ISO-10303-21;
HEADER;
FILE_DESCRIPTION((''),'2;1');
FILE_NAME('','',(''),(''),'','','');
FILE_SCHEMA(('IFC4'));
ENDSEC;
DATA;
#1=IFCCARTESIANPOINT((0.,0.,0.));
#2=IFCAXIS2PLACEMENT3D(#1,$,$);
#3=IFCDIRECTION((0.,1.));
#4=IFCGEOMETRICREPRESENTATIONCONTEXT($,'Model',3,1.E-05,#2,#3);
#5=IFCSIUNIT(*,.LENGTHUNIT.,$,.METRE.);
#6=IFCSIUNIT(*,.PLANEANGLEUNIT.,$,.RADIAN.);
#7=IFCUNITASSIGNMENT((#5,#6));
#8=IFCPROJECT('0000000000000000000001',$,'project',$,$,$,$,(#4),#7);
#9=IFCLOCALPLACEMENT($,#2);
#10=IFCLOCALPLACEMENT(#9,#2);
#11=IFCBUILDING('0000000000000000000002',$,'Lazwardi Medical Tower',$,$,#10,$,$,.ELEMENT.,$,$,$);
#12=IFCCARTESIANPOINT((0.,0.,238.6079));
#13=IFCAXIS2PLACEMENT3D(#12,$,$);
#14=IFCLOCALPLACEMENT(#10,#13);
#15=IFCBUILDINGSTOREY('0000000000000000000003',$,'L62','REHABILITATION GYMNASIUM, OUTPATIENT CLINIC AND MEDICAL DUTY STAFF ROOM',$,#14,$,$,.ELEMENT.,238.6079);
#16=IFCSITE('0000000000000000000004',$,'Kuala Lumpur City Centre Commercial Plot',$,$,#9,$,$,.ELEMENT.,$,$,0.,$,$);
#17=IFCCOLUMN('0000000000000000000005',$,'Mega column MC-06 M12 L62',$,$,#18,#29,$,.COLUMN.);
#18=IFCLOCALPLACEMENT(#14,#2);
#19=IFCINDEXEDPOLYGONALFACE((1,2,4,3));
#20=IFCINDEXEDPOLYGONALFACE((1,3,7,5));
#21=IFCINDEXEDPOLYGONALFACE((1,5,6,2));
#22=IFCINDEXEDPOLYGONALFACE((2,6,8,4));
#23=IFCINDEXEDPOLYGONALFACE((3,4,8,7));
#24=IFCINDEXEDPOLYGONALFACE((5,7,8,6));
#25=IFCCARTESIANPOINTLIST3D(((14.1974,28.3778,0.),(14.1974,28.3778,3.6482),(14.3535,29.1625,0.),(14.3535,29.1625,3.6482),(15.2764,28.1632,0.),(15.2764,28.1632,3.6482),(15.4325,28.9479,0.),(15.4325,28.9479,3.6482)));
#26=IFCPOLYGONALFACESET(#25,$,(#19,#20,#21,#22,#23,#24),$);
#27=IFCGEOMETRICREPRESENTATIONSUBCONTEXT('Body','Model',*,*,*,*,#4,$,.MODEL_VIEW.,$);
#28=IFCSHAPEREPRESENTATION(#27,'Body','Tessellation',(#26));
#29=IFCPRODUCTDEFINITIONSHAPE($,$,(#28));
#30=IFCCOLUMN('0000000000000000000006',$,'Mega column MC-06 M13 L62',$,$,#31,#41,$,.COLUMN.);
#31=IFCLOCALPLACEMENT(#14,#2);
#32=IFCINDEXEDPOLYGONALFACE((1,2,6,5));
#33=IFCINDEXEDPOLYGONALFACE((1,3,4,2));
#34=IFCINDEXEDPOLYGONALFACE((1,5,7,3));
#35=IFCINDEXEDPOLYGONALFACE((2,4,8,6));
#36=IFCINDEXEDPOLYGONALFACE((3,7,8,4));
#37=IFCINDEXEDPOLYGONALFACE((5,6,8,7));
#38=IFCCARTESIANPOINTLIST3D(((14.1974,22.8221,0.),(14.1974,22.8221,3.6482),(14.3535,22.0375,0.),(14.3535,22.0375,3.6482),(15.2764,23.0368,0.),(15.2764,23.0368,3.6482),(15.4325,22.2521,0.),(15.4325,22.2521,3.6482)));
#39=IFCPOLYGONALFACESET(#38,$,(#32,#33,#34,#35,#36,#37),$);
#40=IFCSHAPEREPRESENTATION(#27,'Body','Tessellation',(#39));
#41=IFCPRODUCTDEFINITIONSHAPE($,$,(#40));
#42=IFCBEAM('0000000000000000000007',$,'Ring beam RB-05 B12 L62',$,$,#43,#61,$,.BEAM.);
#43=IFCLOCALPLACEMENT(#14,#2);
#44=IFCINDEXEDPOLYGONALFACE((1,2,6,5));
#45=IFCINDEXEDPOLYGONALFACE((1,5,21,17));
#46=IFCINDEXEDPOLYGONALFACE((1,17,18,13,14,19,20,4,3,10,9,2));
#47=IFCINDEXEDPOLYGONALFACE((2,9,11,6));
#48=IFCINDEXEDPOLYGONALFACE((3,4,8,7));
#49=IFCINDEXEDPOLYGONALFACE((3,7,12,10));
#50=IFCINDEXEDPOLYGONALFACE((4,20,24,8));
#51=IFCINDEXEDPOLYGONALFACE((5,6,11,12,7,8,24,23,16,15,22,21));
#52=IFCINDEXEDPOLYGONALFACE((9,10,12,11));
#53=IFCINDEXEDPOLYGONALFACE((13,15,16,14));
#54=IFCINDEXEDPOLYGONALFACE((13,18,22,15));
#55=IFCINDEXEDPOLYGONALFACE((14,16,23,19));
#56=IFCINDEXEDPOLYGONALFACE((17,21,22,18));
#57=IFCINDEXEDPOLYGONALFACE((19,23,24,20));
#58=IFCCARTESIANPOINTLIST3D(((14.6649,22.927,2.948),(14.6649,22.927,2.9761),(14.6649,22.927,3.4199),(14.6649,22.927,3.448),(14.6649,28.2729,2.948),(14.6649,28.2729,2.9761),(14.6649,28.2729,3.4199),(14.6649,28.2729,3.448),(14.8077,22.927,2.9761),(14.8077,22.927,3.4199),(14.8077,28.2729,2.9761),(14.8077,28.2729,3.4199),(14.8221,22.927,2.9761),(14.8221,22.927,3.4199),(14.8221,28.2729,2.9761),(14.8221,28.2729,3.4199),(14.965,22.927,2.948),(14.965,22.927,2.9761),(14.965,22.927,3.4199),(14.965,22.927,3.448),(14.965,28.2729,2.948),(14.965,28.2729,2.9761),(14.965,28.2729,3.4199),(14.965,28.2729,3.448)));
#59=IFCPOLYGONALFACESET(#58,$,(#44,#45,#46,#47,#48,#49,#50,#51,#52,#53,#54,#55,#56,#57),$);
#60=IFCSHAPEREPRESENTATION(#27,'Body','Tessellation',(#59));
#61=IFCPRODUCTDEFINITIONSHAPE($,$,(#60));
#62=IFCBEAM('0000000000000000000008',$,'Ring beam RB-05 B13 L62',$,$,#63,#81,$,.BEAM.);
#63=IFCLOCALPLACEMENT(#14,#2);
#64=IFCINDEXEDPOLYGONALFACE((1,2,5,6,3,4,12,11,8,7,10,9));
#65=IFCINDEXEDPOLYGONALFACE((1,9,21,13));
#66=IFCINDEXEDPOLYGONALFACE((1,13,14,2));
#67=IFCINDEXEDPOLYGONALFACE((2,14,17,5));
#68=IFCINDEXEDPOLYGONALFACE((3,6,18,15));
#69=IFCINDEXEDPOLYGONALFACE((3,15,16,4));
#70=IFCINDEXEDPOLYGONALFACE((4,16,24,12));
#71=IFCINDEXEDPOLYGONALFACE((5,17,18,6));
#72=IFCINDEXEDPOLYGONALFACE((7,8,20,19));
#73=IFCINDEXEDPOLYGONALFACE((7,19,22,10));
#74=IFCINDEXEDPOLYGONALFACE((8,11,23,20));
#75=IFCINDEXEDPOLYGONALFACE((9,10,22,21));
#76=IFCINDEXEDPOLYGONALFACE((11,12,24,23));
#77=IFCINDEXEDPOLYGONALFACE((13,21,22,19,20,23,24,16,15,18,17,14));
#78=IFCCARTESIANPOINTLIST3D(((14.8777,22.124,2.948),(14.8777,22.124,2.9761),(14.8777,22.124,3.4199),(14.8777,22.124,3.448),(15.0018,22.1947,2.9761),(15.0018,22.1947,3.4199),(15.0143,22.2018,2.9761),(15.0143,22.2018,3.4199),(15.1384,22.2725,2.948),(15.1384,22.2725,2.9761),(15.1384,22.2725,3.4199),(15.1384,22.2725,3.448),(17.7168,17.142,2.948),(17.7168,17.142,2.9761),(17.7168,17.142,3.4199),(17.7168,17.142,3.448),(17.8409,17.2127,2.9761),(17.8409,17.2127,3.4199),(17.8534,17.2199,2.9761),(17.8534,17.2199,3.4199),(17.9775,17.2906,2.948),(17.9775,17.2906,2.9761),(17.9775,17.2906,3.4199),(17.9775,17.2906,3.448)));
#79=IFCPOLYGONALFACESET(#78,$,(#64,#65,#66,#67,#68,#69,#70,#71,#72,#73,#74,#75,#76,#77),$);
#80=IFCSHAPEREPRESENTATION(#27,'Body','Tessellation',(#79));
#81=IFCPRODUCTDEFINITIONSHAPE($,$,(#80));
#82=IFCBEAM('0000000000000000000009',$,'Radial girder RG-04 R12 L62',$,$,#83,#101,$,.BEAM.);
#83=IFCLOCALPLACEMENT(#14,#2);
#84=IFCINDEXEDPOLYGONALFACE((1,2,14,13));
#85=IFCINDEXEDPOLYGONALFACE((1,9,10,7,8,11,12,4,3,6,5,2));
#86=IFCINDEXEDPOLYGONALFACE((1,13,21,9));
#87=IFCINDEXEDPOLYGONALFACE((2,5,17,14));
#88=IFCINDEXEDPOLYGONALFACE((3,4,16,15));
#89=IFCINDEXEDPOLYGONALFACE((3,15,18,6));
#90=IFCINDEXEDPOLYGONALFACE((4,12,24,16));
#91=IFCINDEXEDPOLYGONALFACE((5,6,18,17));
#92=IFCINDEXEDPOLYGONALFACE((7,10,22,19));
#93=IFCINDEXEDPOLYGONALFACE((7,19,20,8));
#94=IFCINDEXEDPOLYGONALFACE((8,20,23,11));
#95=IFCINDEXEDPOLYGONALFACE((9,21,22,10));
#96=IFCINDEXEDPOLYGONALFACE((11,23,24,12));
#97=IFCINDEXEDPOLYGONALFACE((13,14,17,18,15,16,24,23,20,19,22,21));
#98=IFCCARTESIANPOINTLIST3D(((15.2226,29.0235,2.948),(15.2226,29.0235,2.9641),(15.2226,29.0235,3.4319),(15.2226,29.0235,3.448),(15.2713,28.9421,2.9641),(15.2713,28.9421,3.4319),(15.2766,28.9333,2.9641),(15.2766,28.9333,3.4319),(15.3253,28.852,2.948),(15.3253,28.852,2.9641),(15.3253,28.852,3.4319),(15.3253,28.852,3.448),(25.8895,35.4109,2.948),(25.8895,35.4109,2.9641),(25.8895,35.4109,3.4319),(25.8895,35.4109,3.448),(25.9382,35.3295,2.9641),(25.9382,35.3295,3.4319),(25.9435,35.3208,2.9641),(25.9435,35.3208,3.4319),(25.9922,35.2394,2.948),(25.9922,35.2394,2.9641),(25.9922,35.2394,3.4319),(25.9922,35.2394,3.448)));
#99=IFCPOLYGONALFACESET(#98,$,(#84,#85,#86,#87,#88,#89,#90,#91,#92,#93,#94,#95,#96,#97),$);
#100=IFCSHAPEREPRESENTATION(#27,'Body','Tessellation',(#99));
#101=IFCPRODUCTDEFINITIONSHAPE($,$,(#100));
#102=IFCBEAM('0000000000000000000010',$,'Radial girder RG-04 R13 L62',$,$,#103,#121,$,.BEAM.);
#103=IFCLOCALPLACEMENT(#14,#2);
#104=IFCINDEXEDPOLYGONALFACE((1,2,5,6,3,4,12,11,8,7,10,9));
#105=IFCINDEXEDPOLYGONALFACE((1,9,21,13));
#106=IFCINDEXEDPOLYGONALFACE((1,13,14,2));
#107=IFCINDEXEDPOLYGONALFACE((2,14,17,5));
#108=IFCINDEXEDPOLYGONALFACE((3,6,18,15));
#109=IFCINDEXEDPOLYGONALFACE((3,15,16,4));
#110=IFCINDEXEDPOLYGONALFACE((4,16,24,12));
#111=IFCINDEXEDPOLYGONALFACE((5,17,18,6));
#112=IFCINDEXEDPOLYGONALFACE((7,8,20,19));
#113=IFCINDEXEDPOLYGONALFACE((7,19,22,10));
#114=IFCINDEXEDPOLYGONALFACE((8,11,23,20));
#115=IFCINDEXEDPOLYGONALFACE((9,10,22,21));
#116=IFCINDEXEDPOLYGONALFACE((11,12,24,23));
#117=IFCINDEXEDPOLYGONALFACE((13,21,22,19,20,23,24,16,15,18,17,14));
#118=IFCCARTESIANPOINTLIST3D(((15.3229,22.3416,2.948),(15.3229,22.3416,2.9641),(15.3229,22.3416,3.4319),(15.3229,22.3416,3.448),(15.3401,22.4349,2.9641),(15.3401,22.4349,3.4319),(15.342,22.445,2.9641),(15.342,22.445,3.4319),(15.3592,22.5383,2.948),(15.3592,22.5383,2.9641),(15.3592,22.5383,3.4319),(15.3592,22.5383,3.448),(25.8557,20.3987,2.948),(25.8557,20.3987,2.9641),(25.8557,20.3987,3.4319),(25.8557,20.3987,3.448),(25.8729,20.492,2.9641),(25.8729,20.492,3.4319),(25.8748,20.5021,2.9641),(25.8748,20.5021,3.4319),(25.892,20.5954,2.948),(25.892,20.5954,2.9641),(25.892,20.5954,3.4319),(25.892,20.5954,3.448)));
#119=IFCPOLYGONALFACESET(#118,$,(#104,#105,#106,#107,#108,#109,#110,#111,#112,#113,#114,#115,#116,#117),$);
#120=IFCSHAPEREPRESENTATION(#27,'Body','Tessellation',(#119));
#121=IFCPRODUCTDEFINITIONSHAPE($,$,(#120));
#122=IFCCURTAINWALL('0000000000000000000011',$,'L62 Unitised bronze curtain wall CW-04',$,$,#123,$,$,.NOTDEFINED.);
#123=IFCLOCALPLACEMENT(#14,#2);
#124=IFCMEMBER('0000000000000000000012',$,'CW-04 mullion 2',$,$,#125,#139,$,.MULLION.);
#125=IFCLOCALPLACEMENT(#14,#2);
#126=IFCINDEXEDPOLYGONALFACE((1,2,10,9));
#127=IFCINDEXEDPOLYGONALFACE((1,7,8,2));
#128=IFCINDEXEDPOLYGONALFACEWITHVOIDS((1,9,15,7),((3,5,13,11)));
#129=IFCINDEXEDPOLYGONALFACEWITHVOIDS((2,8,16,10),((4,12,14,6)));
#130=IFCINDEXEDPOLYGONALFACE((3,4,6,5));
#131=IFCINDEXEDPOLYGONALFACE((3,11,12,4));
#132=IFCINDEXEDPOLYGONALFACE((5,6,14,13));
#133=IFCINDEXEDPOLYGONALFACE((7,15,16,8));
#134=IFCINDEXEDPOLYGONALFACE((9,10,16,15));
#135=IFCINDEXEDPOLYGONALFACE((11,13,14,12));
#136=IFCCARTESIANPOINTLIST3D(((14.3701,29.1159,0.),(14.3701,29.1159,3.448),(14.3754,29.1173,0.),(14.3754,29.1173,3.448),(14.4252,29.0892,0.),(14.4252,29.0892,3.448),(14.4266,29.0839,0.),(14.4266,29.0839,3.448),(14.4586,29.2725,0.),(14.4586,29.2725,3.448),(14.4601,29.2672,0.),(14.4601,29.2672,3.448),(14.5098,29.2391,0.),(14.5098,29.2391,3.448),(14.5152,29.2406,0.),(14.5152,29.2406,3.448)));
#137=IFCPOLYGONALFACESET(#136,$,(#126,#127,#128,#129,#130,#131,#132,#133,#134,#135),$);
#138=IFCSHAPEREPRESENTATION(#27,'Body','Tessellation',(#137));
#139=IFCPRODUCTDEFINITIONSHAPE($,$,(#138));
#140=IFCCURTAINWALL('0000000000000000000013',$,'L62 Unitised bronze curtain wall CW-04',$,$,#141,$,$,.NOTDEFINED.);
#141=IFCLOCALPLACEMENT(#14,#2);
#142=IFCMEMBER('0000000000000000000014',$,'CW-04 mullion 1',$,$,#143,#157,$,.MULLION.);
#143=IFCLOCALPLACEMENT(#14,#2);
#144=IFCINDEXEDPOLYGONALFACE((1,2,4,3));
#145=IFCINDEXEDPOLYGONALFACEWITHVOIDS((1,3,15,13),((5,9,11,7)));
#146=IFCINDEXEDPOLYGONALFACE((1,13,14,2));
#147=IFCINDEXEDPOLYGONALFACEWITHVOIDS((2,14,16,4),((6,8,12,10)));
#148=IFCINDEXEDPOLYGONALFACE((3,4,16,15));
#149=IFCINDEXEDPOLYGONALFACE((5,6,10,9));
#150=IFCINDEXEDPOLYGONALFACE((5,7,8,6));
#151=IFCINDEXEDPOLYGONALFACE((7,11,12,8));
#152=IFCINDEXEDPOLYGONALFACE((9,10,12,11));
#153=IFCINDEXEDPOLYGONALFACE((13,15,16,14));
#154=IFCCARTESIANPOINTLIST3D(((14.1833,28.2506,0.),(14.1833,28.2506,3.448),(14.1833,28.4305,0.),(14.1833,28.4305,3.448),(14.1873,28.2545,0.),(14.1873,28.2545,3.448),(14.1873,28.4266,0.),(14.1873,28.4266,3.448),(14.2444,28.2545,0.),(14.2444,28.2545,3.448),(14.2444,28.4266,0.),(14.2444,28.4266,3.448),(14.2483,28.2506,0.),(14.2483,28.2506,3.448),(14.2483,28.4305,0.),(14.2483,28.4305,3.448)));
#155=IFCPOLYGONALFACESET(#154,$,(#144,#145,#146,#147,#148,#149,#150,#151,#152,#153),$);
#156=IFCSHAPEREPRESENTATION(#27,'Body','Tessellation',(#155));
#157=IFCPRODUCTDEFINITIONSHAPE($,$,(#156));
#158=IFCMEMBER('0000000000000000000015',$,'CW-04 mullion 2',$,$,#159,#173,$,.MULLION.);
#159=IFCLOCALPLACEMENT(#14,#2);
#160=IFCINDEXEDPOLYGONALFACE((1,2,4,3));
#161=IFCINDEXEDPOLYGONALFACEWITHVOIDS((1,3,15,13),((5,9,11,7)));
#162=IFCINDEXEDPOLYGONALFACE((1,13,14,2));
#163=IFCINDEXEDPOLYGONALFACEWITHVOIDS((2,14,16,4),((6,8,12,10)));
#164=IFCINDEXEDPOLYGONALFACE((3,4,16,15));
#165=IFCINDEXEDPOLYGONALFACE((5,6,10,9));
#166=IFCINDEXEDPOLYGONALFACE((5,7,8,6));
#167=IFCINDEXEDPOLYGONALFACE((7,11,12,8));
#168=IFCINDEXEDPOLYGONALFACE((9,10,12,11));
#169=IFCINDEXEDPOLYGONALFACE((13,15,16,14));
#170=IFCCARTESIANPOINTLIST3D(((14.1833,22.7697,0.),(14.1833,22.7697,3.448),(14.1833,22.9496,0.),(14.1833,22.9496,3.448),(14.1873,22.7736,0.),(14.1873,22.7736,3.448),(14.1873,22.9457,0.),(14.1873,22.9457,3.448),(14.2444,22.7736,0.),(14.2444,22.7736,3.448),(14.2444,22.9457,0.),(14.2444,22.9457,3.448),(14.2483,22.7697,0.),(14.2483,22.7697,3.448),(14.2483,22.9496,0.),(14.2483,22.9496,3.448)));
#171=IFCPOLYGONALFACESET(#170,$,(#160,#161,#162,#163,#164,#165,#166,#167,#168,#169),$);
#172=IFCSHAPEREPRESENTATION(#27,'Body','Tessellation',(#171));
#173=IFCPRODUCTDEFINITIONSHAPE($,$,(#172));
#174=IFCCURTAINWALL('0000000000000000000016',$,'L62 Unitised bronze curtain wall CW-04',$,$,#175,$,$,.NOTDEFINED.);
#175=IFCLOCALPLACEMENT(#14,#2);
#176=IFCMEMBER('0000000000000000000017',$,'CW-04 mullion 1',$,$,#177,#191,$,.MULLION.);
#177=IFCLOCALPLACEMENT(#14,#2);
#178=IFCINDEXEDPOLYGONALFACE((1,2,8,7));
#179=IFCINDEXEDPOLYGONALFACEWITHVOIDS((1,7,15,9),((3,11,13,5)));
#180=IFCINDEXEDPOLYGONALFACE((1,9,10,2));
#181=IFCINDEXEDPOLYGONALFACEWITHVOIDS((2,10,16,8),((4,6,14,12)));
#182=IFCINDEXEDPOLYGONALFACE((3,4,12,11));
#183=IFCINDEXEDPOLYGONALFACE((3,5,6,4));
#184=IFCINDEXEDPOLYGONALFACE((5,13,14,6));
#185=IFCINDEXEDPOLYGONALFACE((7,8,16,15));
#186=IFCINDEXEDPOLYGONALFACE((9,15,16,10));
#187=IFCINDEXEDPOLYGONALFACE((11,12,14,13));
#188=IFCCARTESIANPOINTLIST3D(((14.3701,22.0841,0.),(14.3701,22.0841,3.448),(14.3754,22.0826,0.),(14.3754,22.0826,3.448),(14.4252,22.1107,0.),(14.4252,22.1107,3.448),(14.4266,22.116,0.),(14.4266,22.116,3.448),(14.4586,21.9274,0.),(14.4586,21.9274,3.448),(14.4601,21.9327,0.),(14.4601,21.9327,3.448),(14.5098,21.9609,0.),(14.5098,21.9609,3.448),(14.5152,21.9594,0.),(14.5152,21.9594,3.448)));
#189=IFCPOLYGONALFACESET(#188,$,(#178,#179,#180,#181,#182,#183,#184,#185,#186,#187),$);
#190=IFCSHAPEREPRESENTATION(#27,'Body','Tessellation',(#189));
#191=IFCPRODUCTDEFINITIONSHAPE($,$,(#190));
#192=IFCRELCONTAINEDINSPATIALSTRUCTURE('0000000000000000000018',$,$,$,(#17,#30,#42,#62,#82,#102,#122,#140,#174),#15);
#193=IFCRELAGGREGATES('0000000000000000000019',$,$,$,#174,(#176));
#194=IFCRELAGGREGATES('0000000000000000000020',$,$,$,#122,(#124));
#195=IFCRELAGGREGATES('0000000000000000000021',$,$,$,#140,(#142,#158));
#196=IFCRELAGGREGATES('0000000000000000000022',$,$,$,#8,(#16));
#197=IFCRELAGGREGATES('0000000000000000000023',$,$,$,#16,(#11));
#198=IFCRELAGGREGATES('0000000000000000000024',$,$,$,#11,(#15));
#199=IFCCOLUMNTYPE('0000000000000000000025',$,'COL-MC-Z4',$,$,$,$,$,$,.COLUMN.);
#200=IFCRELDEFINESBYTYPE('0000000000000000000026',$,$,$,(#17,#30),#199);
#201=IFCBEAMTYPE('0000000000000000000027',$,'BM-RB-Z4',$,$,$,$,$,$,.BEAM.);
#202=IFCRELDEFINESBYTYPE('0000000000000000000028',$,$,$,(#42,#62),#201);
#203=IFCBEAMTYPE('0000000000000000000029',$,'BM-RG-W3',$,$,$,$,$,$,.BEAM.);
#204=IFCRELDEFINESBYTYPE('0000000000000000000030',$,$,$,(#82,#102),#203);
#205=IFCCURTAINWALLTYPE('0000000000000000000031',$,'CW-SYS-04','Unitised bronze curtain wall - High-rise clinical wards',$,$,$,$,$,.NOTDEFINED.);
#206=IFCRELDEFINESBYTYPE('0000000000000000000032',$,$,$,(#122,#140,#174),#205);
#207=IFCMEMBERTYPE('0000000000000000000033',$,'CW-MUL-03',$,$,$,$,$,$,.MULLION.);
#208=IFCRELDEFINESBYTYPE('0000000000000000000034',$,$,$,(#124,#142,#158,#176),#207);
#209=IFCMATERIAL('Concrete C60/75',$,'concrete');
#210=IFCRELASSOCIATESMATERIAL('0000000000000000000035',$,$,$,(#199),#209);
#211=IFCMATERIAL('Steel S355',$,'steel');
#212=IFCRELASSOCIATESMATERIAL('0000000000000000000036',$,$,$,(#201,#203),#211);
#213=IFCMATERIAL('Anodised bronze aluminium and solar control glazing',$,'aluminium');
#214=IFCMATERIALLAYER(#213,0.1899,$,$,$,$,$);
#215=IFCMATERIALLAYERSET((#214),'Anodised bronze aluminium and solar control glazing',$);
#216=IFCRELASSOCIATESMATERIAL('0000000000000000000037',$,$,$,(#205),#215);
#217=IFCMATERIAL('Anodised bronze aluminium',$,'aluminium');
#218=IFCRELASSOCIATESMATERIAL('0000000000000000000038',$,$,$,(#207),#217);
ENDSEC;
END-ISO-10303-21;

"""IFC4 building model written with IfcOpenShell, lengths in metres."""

from ifc_helpers import new_model, si_unit, direction, frame, origin, origin_2d, place, context, subcontext, project, spatial, rectangle, hollow_rectangle, i_section, extrude, material, layer, layer_set, material_profile, profile_set, type_object, element, aggregate, save


model = new_model("IFC4")

# Units and contexts
model_context = context("Model", 3, precision=1e-05, world=origin(), true_north=direction((0.0, 1.0)))
body_context = subcontext(model_context, "Body", "Model", "MODEL_VIEW")
ifc_project = project(units=[si_unit("LENGTHUNIT", "METRE"), si_unit("PLANEANGLEUNIT", "RADIAN")], contexts=[model_context])

# Site, building, storey
site_placement = place(None, origin())
site = spatial("IfcSite", under=ifc_project, at=site_placement, Name="Kuala Lumpur City Centre Commercial Plot", CompositionType="ELEMENT", RefElevation=0.0)
building_placement = place(site_placement, origin())
building = spatial("IfcBuilding", under=site, at=building_placement, Name="Lazwardi Medical Tower", CompositionType="ELEMENT")
storey_placement = place(building_placement, frame((0.0, 0.0, 238.6079)))
storey = spatial("IfcBuildingStorey", under=building, at=storey_placement, Name="L62", Description="REHABILITATION GYMNASIUM, OUTPATIENT CLINIC AND MEDICAL DUTY STAFF ROOM", CompositionType="ELEMENT", Elevation=238.6079)

# Columns
ifc_material_1 = material(Name="Concrete C60/75", Category="concrete")
ifc_material_profile_1 = material_profile(ifc_material_1, rectangle(XDim=1.1001, YDim=0.8, at=origin_2d()), Name="CFT-RECT 1100x800")
ifc_profile_set_1 = profile_set([ifc_material_profile_1], Name="Concrete C60/75")
column_type = type_object("IfcColumnType", Name="COL-MC-Z4", PredefinedType="COLUMN", material=ifc_profile_set_1)
for number, where, z_axis, x_axis, name in (
    (1, (14.8149, 28.6628, 0.0), (0.0, 0.0, 1.0), (-0.980785, 0.19509, 0.0), "Mega column MC-06 M12 L62"),
    (2, (14.8149, 22.5371, 0.0), (0.0, 0.0, 1.0), (-0.980785, -0.19509, 0.0), "Mega column MC-06 M13 L62"),
):
    element("IfcColumn", number, at=place(storey_placement, frame(where, z_axis=z_axis, x_axis=x_axis)), inside=storey, type_object=column_type, Name=name, PredefinedType="COLUMN", context=body_context, shape_type="SweptSolid", body=[
        extrude(rectangle(XDim=1.1001, YDim=0.8, at=origin_2d()), origin(), (0.0, 0.0, 1.0), 3.6482),
    ])

# Beams
ifc_material_2 = material(Name="Steel S355", Category="steel")
ifc_material_profile_2 = material_profile(ifc_material_2, i_section(OverallWidth=0.3, OverallDepth=0.5, WebThickness=0.0144, FlangeThickness=0.0281, at=origin_2d()), Name="HEB 500")
ifc_profile_set_2 = profile_set([ifc_material_profile_2], Name="Steel S355")
beam_type_1 = type_object("IfcBeamType", Name="BM-RB-Z4", PredefinedType="BEAM", material=ifc_profile_set_2)
beam_1_placement = place(storey_placement, frame((14.8149, 28.2729, 3.198), z_axis=(0.0, -1.0, 0.0), x_axis=(1.0, 0.0, 0.0)))
element("IfcBeam", 3, at=beam_1_placement, inside=storey, type_object=beam_type_1, Name="Ring beam RB-05 B12 L62", PredefinedType="BEAM", context=body_context, shape_type="SweptSolid", body=[
    extrude(i_section(OverallWidth=0.3, OverallDepth=0.5, WebThickness=0.0144, FlangeThickness=0.0281, at=origin_2d()), origin(), (0.0, 0.0, 1.0), 5.3459),
])
beam_2_placement = place(storey_placement, frame((15.0081, 22.1982, 3.198), z_axis=(0.495125, -0.868822, 0.0), x_axis=(0.868822, 0.495125, 0.0)))
element("IfcBeam", 4, at=beam_2_placement, inside=storey, type_object=beam_type_1, Name="Ring beam RB-05 B13 L62", PredefinedType="BEAM", context=body_context, shape_type="SweptSolid", body=[
    extrude(i_section(OverallWidth=0.3, OverallDepth=0.5, WebThickness=0.0144, FlangeThickness=0.0281, at=origin_2d()), origin(), (0.0, 0.0, 1.0), 5.7341),
])
ifc_material_profile_3 = material_profile(ifc_material_2, i_section(OverallWidth=0.2, OverallDepth=0.5, WebThickness=0.0103, FlangeThickness=0.0161, at=origin_2d()), Name="IPE 500")
ifc_profile_set_3 = profile_set([ifc_material_profile_3], Name="Steel S355")
beam_type_2 = type_object("IfcBeamType", Name="BM-RG-W3", PredefinedType="BEAM", material=ifc_profile_set_3)
beam_3_placement = place(storey_placement, frame((15.2739, 28.9377, 3.198), z_axis=(0.857945, 0.513742, 0.0), x_axis=(-0.513742, 0.857945, 0.0)))
element("IfcBeam", 5, at=beam_3_placement, inside=storey, type_object=beam_type_2, Name="Radial girder RG-04 R12 L62", PredefinedType="BEAM", context=body_context, shape_type="SweptSolid", body=[
    extrude(i_section(OverallWidth=0.2, OverallDepth=0.5, WebThickness=0.0103, FlangeThickness=0.0161, at=origin_2d()), origin(), (0.0, 0.0, 1.0), 12.4331),
])
beam_4_placement = place(storey_placement, frame((15.3411, 22.4399, 3.198), z_axis=(0.983409, -0.1814, 0.0), x_axis=(0.1814, 0.983409, 0.0)))
element("IfcBeam", 6, at=beam_4_placement, inside=storey, type_object=beam_type_2, Name="Radial girder RG-04 R13 L62", PredefinedType="BEAM", context=body_context, shape_type="SweptSolid", body=[
    extrude(i_section(OverallWidth=0.2, OverallDepth=0.5, WebThickness=0.0103, FlangeThickness=0.0161, at=origin_2d()), origin(), (0.0, 0.0, 1.0), 10.7104),
])

# Curtain wall, member
ifc_material_3 = material(Name="Anodised bronze aluminium and solar control glazing", Category="aluminium")
ifc_layer_1 = layer(ifc_material_3, 0.1899)
ifc_layer_set_1 = layer_set([ifc_layer_1], Name="Anodised bronze aluminium and solar control glazing")
curtain_wall_type = type_object("IfcCurtainWallType", Name="CW-SYS-04", Description="Unitised bronze curtain wall - High-rise clinical wards", PredefinedType="NOTDEFINED", material=ifc_layer_set_1)
curtain_wall_1_placement = place(storey_placement, origin())
curtain_wall_1 = element("IfcCurtainWall", 7, at=curtain_wall_1_placement, inside=storey, type_object=curtain_wall_type, Name="L62 Unitised bronze curtain wall CW-04", PredefinedType="NOTDEFINED")
ifc_material_4 = material(Name="Anodised bronze aluminium", Category="aluminium")
ifc_material_profile_4 = material_profile(ifc_material_4, hollow_rectangle(XDim=0.0649, YDim=0.1799, WallThickness=0.0039, at=origin_2d()), Name="ALU-MULLION 180x65x4")
ifc_profile_set_4 = profile_set([ifc_material_profile_4], Name="Anodised bronze aluminium")
member_type_1 = type_object("IfcMemberType", Name="CW-MUL-03", PredefinedType="MULLION", material=ifc_profile_set_4)
member_1_placement = place(storey_placement, frame((14.4426, 29.1782, 0.0), z_axis=(0.0, 0.0, 1.0), x_axis=(0.870651, -0.4919, 0.0)))
member_1 = element("IfcMember", 8, at=member_1_placement, type_object=member_type_1, Name="CW-04 mullion 2", PredefinedType="MULLION", context=body_context, shape_type="SweptSolid", body=[
    extrude(hollow_rectangle(XDim=0.0649, YDim=0.1799, WallThickness=0.0039, at=origin_2d()), origin(), (0.0, 0.0, 1.0), 3.448),
])

# Curtain wall, members
curtain_wall_2_placement = place(storey_placement, origin())
curtain_wall_2 = element("IfcCurtainWall", 9, at=curtain_wall_2_placement, inside=storey, type_object=curtain_wall_type, Name="L62 Unitised bronze curtain wall CW-04", PredefinedType="NOTDEFINED")
member_2_placement = place(storey_placement, frame((14.2158, 28.3406, 0.0), z_axis=(0.0, 0.0, 1.0), x_axis=(1.0, 0.0, 0.0)))
member_2 = element("IfcMember", 10, at=member_2_placement, type_object=member_type_1, Name="CW-04 mullion 1", PredefinedType="MULLION", context=body_context, shape_type="SweptSolid", body=[
    extrude(hollow_rectangle(XDim=0.0649, YDim=0.1799, WallThickness=0.0039, at=origin_2d()), origin(), (0.0, 0.0, 1.0), 3.448),
])
member_3_placement = place(storey_placement, frame((14.2158, 22.8596, 0.0), z_axis=(0.0, 0.0, 1.0), x_axis=(1.0, 0.0, 0.0)))
member_3 = element("IfcMember", 11, at=member_3_placement, type_object=member_type_1, Name="CW-04 mullion 2", PredefinedType="MULLION", context=body_context, shape_type="SweptSolid", body=[
    extrude(hollow_rectangle(XDim=0.0649, YDim=0.1799, WallThickness=0.0039, at=origin_2d()), origin(), (0.0, 0.0, 1.0), 3.448),
])

# Curtain wall, member
curtain_wall_3_placement = place(storey_placement, origin())
curtain_wall_3 = element("IfcCurtainWall", 12, at=curtain_wall_3_placement, inside=storey, type_object=curtain_wall_type, Name="L62 Unitised bronze curtain wall CW-04", PredefinedType="NOTDEFINED")
member_4_placement = place(storey_placement, frame((14.4426, 22.0217, 0.0), z_axis=(0.0, 0.0, 1.0), x_axis=(0.870651, 0.4919, 0.0)))
member_4 = element("IfcMember", 13, at=member_4_placement, type_object=member_type_1, Name="CW-04 mullion 1", PredefinedType="MULLION", context=body_context, shape_type="SweptSolid", body=[
    extrude(hollow_rectangle(XDim=0.0649, YDim=0.1799, WallThickness=0.0039, at=origin_2d()), origin(), (0.0, 0.0, 1.0), 3.448),
])

aggregate(curtain_wall_3, [member_4])

aggregate(curtain_wall_1, [member_1])
aggregate(curtain_wall_2, [member_2, member_3])

save(model, "model.ifc")
